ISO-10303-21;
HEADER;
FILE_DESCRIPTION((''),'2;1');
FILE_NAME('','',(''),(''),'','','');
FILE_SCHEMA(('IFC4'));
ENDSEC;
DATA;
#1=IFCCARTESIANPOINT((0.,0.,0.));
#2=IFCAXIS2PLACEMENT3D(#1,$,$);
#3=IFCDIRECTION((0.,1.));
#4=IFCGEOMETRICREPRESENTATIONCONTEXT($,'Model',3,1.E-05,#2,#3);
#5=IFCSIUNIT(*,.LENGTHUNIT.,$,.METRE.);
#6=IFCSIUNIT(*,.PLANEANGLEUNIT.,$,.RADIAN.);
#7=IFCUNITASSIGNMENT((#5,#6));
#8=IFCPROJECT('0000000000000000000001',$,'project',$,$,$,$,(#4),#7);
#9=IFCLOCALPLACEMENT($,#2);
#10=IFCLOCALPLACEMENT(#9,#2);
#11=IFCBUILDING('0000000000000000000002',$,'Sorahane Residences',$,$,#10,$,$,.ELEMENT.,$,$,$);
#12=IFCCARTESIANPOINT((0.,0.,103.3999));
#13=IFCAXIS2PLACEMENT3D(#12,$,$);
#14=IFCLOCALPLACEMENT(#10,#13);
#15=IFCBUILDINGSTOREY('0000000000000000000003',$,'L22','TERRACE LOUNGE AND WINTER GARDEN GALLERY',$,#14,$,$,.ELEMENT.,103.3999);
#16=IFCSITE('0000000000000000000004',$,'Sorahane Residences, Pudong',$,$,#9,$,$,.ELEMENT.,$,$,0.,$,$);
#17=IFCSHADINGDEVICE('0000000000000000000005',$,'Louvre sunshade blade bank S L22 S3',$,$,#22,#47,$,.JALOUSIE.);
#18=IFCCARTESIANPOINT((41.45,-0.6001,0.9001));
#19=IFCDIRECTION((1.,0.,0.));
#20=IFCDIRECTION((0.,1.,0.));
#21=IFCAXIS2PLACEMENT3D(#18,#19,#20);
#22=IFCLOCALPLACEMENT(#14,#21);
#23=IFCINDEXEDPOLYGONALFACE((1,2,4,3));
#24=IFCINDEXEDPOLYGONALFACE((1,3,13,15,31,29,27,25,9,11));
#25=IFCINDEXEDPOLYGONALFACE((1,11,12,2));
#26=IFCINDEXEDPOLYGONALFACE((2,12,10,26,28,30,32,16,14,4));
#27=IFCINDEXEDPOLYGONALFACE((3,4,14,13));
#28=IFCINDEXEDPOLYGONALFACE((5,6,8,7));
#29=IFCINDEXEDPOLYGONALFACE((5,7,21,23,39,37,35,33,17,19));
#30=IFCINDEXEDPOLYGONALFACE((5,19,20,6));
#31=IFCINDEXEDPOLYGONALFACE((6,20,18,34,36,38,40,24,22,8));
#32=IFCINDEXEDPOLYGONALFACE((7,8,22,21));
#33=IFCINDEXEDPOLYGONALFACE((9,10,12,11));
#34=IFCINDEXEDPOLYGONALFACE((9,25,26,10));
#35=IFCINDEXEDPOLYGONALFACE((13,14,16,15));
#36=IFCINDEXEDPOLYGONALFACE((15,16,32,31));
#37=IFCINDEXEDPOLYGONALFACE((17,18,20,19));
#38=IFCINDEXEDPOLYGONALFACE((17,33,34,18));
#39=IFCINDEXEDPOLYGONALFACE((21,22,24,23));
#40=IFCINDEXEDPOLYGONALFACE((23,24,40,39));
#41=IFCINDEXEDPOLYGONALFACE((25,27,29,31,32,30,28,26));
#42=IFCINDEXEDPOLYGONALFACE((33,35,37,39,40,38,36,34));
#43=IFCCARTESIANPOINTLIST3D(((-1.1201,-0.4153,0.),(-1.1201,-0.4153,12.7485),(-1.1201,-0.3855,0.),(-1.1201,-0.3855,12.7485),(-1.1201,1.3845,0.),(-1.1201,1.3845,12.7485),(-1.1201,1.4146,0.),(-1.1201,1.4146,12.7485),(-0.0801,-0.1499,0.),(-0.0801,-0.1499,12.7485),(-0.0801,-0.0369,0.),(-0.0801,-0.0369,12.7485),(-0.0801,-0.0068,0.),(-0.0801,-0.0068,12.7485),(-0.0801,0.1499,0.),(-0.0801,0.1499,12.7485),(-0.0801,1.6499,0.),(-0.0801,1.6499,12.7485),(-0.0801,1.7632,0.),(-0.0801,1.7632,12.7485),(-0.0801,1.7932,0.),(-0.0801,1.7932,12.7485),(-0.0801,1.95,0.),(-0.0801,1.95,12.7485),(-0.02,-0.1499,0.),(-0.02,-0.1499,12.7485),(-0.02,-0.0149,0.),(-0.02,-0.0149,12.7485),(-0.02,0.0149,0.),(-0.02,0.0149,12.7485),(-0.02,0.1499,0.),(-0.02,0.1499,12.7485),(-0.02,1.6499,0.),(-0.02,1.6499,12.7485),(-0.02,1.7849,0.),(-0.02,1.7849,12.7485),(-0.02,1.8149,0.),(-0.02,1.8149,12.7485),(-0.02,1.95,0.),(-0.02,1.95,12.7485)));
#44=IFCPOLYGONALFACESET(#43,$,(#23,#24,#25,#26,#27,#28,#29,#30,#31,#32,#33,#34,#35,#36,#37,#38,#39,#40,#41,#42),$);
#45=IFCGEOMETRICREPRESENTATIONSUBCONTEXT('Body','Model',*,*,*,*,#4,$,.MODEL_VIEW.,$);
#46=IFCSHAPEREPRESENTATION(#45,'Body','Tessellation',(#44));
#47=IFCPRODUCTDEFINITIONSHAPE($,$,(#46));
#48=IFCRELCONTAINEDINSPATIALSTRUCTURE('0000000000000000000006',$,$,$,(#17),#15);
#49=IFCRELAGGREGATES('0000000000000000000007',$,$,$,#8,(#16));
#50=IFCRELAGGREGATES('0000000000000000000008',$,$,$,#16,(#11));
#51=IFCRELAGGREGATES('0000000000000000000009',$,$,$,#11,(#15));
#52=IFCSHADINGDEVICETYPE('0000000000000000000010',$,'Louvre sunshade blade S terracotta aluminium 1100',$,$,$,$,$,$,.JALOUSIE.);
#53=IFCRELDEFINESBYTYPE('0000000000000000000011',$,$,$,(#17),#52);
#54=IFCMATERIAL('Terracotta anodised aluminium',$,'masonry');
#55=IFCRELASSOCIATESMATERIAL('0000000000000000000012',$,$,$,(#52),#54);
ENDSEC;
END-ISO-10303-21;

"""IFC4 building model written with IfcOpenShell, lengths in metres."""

from ifc_helpers import new_model, si_unit, direction, frame, origin, place, context, subcontext, project, spatial, polyline, outline, composite_profile, extrude, material, type_object, element, save


model = new_model("IFC4")

# Units and contexts
model_context = context("Model", 3, precision=1e-05, world=origin(), true_north=direction((0.0, 1.0)))
body_context = subcontext(model_context, "Body", "Model", "MODEL_VIEW")
ifc_project = project(units=[si_unit("LENGTHUNIT", "METRE"), si_unit("PLANEANGLEUNIT", "RADIAN")], contexts=[model_context])

# Site, building, storey
site_placement = place(None, origin())
site = spatial("IfcSite", under=ifc_project, at=site_placement, Name="Sorahane Residences, Pudong", CompositionType="ELEMENT", RefElevation=0.0)
building_placement = place(site_placement, origin())
building = spatial("IfcBuilding", under=site, at=building_placement, Name="Sorahane Residences", CompositionType="ELEMENT")
storey_placement = place(building_placement, frame((0.0, 0.0, 103.3999)))
storey = spatial("IfcBuildingStorey", under=building, at=storey_placement, Name="L22", Description="TERRACE LOUNGE AND WINTER GARDEN GALLERY", CompositionType="ELEMENT", Elevation=103.3999)

# Shading device
ifc_material_1 = material(Name="Terracotta anodised aluminium", Category="masonry")
shading_device_type = type_object("IfcShadingDeviceType", Name="Louvre sunshade blade S terracotta aluminium 1100", PredefinedType="JALOUSIE", material=ifc_material_1)
shading_device_placement = place(storey_placement, frame((41.45, -0.6001, 0.9001), z_axis=(1.0, 0.0, 0.0), x_axis=(0.0, 1.0, 0.0)))
element("IfcShadingDevice", 1, at=shading_device_placement, inside=storey, type_object=shading_device_type, Name="Louvre sunshade blade bank S L22 S3", PredefinedType="JALOUSIE", context=body_context, shape_type="SweptSolid", body=[
    extrude(composite_profile([outline(polyline([(-1.1201, -0.3855), (-1.1201, -0.4153), (-0.0801, -0.0369), (-0.0801, -0.1499), (-0.02, -0.1499), (-0.02, -0.0149), (-0.02, 0.0149), (-0.02, 0.1499), (-0.0801, 0.1499), (-0.0801, -0.0068), (-1.1201, -0.3855)])), outline(polyline([(-1.1201, 1.4146), (-1.1201, 1.3845), (-0.0801, 1.7632), (-0.0801, 1.6499), (-0.02, 1.6499), (-0.02, 1.7849), (-0.02, 1.8149), (-0.02, 1.95), (-0.0801, 1.95), (-0.0801, 1.7932), (-1.1201, 1.4146)]))]), origin(), (0.0, 0.0, 1.0), 12.7485),
])

save(model, "model.ifc")
